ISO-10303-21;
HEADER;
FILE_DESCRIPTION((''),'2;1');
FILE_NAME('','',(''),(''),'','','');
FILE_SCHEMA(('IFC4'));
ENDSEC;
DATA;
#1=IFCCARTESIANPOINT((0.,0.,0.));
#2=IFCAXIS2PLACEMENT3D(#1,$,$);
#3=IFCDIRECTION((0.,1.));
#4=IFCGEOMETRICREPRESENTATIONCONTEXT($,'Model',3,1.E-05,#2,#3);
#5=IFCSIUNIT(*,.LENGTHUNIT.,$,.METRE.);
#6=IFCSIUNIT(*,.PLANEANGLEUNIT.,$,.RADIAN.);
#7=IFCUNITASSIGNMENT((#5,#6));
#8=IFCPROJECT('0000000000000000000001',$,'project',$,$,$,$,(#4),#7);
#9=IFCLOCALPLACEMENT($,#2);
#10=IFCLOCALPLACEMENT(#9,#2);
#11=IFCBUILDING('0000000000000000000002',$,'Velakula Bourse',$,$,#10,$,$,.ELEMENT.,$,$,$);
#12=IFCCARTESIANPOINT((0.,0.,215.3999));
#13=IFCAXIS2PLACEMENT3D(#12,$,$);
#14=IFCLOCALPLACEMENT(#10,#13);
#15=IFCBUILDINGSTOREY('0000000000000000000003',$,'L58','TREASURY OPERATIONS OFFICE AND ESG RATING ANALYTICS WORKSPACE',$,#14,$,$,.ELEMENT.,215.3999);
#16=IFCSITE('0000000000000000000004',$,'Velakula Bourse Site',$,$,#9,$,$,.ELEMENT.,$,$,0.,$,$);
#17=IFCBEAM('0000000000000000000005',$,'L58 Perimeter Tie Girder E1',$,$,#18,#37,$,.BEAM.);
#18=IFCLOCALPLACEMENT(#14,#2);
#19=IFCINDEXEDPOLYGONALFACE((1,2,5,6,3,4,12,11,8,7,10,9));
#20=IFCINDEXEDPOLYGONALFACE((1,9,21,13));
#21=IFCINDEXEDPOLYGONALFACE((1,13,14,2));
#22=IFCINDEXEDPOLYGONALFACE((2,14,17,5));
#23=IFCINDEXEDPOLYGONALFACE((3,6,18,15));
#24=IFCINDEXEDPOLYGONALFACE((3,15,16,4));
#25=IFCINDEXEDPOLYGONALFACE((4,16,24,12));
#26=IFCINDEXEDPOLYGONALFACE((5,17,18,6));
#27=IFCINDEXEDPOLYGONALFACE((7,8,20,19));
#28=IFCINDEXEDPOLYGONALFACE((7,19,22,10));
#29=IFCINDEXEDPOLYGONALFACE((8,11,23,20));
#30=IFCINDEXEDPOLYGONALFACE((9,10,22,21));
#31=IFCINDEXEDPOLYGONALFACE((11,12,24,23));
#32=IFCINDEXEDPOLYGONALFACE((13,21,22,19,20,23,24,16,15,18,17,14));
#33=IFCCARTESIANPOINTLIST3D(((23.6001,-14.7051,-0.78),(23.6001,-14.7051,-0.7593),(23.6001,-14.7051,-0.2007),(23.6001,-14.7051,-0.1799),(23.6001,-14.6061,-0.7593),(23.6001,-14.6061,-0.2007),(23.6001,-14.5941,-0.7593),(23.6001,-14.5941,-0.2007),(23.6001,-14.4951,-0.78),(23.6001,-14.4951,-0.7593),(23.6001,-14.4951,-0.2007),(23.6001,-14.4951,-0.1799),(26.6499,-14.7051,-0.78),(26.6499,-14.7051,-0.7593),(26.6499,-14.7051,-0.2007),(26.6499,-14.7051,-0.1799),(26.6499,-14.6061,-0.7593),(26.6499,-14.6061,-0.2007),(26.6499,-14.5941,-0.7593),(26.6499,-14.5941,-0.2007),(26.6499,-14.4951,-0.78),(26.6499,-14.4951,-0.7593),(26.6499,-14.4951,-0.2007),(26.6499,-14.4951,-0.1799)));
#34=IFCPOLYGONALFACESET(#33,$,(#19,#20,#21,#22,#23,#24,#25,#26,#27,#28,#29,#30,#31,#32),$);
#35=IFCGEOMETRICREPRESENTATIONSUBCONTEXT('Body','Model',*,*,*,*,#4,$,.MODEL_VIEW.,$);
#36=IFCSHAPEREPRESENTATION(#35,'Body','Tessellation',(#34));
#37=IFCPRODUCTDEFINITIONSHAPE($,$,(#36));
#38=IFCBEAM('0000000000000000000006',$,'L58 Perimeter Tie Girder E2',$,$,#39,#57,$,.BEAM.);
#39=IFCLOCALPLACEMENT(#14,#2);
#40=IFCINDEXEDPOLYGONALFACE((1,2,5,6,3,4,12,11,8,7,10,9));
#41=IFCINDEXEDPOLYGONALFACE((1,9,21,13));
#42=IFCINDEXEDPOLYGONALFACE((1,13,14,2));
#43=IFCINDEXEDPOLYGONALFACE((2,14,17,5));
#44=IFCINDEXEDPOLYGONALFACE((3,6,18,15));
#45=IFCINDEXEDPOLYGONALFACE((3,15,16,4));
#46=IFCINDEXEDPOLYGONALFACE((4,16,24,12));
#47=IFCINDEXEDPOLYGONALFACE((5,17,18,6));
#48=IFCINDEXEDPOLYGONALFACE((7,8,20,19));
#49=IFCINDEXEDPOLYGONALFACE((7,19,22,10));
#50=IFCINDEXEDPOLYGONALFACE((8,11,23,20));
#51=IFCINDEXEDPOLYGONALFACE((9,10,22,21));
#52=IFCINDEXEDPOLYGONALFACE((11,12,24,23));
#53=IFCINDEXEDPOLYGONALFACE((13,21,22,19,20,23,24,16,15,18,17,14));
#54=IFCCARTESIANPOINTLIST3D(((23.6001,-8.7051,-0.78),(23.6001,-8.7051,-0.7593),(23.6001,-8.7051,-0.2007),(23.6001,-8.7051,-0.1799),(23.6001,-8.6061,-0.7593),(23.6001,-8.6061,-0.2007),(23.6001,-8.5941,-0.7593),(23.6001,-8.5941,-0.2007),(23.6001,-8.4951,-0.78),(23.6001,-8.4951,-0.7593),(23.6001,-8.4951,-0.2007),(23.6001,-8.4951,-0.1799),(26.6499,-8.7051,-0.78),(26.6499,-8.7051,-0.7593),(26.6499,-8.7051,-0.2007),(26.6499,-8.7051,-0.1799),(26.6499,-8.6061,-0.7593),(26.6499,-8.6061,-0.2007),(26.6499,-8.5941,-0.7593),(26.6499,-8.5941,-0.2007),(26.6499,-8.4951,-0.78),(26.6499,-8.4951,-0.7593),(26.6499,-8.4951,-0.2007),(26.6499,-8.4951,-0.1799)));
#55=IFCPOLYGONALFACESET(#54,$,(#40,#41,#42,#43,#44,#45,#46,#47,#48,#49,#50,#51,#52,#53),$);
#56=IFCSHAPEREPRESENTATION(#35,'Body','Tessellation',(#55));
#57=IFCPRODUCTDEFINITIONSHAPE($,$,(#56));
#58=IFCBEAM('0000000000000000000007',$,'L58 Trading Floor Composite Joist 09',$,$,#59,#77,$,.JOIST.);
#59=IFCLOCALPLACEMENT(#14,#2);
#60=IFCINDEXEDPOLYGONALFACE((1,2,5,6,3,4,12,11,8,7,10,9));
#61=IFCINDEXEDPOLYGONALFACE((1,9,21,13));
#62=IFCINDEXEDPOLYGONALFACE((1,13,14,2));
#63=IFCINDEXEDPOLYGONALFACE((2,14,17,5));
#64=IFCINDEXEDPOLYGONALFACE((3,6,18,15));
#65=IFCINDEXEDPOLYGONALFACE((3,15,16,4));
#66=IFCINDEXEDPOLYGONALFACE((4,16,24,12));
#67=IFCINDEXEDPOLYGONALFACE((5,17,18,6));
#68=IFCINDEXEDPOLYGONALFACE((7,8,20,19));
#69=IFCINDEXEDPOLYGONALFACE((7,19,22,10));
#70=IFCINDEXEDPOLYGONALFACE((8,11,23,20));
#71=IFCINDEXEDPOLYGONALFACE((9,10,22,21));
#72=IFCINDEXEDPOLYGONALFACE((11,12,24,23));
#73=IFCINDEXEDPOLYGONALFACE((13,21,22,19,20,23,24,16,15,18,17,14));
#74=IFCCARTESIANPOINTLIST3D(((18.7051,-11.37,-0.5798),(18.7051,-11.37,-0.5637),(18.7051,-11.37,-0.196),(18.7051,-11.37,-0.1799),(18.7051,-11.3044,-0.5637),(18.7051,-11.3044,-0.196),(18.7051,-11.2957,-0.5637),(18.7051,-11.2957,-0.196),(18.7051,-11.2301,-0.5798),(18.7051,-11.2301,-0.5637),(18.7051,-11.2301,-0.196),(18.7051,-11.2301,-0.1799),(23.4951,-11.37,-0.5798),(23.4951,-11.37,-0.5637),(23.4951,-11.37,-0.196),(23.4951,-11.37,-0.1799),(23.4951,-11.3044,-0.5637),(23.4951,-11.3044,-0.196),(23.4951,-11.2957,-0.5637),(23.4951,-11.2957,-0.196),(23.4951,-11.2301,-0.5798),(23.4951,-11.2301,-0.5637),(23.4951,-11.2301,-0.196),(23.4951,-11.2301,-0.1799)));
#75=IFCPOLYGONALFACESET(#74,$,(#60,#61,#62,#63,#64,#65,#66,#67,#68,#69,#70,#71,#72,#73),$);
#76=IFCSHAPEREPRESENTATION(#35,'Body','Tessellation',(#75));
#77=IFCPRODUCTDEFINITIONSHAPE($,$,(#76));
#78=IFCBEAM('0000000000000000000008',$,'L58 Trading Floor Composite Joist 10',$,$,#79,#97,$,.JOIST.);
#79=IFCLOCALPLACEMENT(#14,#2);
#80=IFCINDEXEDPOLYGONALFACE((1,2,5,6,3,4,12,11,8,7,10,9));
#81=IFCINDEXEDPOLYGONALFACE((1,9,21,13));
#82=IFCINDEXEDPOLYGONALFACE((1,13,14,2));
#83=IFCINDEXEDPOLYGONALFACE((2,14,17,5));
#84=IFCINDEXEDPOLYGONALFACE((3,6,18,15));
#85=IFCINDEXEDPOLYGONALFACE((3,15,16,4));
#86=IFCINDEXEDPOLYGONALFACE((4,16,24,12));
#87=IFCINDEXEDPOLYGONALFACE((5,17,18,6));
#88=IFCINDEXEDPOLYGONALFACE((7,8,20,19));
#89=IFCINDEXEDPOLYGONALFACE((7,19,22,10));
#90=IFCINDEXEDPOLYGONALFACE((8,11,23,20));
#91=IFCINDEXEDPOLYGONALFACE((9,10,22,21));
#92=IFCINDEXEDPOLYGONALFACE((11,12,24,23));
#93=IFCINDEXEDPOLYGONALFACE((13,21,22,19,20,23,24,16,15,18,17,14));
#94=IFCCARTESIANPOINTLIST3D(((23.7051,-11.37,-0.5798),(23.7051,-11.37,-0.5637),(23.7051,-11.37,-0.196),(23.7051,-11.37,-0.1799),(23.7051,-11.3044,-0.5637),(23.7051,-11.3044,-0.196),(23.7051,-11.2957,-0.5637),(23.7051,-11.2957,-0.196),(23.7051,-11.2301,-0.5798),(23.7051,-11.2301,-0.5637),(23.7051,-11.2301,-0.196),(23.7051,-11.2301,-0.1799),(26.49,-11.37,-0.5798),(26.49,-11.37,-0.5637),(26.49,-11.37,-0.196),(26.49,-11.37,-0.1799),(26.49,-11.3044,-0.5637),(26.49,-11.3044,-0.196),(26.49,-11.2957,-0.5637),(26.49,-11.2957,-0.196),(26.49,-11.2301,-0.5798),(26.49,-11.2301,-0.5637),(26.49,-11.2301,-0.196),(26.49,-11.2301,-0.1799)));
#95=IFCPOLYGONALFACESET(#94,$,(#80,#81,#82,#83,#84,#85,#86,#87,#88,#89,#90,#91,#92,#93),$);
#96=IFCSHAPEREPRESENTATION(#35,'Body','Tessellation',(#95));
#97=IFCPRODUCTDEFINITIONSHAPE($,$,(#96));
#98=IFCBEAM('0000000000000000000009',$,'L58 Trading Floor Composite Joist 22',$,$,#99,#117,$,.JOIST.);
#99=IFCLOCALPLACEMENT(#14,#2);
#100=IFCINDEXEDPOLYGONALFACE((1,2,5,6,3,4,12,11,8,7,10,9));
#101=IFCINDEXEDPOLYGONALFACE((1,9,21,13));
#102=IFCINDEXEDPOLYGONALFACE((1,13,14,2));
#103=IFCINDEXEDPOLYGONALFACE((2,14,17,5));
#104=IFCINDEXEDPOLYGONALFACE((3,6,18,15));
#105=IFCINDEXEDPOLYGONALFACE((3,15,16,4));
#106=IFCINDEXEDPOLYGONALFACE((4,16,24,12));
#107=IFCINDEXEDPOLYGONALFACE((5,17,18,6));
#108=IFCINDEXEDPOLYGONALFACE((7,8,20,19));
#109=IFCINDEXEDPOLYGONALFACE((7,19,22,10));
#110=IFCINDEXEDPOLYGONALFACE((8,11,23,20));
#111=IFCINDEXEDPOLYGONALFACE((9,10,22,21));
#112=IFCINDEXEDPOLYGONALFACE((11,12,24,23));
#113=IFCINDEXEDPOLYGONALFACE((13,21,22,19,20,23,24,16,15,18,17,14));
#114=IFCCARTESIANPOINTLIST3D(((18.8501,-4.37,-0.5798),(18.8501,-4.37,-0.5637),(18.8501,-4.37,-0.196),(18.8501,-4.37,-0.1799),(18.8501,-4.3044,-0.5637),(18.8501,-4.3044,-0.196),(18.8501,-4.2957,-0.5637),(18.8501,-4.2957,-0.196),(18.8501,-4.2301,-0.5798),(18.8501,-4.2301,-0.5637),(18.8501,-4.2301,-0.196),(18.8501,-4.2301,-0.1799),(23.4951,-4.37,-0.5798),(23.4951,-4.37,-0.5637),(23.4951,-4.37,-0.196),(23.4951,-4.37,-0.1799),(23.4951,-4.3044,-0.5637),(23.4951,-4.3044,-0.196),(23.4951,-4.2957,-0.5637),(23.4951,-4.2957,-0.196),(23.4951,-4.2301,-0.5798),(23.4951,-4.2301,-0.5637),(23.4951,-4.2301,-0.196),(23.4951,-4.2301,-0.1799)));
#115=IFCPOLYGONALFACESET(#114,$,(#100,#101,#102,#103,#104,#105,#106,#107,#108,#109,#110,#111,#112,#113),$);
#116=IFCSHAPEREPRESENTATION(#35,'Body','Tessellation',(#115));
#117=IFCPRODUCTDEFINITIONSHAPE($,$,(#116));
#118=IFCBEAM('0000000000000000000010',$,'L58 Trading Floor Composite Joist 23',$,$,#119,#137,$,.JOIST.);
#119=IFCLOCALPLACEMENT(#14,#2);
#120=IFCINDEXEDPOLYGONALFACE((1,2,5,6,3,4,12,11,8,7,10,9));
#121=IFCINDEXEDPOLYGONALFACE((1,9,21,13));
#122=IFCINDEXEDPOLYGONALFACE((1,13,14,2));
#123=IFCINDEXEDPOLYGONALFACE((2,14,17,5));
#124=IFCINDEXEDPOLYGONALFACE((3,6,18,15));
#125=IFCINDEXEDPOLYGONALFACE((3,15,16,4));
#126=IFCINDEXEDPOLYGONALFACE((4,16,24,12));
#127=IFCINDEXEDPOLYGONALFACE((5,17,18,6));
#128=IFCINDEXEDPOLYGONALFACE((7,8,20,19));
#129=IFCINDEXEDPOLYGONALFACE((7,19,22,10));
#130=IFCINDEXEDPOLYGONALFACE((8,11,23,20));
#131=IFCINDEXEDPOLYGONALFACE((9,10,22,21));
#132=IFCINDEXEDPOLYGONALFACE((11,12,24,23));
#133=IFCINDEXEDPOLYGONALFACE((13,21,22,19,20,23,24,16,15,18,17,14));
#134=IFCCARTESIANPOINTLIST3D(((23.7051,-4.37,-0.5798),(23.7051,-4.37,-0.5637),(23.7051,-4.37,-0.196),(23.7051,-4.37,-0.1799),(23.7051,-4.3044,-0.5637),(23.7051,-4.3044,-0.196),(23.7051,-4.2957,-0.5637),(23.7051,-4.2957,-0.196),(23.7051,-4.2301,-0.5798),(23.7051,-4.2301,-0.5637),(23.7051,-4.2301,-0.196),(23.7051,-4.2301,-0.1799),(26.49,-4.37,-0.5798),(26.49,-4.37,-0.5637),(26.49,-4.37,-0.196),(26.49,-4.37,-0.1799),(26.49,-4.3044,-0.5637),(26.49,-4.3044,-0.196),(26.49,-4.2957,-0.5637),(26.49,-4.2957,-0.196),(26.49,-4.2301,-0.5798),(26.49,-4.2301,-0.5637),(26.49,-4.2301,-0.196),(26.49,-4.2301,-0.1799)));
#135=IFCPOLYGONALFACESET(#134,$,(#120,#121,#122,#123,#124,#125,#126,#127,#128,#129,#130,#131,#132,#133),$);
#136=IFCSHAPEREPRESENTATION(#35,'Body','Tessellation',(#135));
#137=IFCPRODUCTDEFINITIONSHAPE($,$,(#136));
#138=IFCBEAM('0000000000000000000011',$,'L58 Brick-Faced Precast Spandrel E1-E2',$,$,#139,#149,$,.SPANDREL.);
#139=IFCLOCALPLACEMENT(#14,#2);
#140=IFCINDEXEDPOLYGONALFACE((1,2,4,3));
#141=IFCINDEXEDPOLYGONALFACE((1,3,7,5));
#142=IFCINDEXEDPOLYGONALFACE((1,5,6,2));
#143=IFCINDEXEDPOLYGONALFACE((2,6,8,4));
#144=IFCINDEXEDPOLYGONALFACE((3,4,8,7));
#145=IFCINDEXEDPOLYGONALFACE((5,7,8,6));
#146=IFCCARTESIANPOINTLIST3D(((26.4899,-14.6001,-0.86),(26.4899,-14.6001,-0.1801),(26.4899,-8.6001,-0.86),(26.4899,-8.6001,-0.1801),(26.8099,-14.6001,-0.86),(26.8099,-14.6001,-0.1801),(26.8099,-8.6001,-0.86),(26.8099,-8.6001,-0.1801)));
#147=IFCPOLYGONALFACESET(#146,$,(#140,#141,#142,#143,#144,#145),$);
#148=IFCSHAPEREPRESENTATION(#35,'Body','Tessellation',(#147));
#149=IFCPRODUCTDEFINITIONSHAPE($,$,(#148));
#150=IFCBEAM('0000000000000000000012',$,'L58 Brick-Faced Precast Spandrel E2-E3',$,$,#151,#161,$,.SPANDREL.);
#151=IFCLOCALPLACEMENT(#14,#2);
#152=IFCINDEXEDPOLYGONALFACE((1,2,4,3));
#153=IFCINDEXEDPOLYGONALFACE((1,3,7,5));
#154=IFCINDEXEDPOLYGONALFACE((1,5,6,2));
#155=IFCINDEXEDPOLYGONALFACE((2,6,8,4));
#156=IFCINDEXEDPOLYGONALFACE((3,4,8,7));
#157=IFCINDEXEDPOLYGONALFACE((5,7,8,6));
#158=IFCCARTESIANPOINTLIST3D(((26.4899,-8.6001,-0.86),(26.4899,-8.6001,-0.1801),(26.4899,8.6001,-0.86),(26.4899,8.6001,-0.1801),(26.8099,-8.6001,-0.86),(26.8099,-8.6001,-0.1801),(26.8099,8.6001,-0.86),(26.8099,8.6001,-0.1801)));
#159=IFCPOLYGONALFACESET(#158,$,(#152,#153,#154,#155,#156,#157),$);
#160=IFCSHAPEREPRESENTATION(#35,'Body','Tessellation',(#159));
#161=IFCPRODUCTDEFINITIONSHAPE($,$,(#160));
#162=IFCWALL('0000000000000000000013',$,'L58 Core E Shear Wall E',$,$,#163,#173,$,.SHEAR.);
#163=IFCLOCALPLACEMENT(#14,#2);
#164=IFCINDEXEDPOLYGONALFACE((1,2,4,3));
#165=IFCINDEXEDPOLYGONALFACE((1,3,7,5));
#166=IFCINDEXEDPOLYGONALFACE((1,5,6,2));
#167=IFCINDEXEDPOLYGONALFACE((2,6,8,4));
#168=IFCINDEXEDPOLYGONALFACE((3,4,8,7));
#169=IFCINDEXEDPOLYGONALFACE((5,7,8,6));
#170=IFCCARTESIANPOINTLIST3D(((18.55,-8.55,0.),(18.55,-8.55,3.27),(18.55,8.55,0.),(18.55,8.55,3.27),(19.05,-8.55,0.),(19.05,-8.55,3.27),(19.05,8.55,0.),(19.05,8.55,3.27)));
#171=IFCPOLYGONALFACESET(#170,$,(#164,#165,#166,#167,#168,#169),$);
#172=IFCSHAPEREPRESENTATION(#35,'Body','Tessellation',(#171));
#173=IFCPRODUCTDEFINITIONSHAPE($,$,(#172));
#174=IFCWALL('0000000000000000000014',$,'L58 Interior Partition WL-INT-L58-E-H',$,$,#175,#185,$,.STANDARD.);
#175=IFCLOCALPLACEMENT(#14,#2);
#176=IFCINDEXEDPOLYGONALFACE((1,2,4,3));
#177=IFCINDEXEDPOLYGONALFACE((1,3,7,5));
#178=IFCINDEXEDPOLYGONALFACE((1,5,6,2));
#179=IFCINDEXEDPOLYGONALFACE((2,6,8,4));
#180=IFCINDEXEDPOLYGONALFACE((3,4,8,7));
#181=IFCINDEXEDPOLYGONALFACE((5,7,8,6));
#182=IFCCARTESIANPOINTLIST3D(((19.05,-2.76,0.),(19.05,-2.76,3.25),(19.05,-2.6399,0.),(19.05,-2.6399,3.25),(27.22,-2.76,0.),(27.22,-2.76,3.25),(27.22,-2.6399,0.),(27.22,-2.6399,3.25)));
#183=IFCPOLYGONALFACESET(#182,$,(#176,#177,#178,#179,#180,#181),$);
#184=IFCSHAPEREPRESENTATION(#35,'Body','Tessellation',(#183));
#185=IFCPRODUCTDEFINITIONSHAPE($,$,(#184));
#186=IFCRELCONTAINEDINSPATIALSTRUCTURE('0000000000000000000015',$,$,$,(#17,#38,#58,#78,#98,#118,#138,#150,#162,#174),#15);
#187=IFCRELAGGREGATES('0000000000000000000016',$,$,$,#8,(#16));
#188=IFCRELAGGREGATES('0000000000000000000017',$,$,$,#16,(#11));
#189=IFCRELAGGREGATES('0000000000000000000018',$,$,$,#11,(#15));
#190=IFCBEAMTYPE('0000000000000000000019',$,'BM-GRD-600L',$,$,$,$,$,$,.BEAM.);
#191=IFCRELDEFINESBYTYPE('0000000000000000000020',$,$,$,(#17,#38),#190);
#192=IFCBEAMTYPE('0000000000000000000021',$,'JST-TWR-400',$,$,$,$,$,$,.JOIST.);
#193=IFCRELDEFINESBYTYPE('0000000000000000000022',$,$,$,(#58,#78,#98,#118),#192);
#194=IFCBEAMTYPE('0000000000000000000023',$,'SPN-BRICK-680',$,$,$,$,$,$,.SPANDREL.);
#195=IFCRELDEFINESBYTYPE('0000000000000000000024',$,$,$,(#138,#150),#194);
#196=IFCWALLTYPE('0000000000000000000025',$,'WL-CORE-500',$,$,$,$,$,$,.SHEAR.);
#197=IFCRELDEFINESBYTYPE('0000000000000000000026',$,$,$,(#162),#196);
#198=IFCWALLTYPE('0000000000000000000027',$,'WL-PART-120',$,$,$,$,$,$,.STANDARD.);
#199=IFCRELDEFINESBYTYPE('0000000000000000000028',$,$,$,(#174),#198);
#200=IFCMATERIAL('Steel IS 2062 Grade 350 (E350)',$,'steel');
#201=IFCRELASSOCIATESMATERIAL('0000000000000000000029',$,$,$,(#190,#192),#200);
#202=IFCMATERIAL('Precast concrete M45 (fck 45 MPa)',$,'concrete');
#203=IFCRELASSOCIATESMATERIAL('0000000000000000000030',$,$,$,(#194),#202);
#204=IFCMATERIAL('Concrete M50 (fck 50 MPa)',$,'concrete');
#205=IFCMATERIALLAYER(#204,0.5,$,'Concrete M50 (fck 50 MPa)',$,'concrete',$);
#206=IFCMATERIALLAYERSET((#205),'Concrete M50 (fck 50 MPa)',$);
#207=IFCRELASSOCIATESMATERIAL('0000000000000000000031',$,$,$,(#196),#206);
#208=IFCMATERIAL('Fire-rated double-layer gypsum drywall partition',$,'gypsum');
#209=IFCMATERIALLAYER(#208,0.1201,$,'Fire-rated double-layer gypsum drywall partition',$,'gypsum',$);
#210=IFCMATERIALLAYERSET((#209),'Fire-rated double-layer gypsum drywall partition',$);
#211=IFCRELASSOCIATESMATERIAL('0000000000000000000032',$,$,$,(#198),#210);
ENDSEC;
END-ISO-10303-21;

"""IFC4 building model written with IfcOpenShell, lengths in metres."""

from ifc_helpers import new_model, si_unit, direction, frame, frame_2d, origin, origin_2d, place, context, subcontext, project, spatial, rectangle, i_section, extrude, material, layer, layer_set, material_profile, profile_set, type_object, element, save


model = new_model("IFC4")

# Units and contexts
model_context = context("Model", 3, precision=1e-05, world=origin(), true_north=direction((0.0, 1.0)))
body_context = subcontext(model_context, "Body", "Model", "MODEL_VIEW")
ifc_project = project(units=[si_unit("LENGTHUNIT", "METRE"), si_unit("PLANEANGLEUNIT", "RADIAN")], contexts=[model_context])

# Site, building, storey
site_placement = place(None, origin())
site = spatial("IfcSite", under=ifc_project, at=site_placement, Name="Velakula Bourse Site", CompositionType="ELEMENT", RefElevation=0.0)
building_placement = place(site_placement, origin())
building = spatial("IfcBuilding", under=site, at=building_placement, Name="Velakula Bourse", CompositionType="ELEMENT")
storey_placement = place(building_placement, frame((0.0, 0.0, 215.3999)))
storey = spatial("IfcBuildingStorey", under=building, at=storey_placement, Name="L58", Description="TREASURY OPERATIONS OFFICE AND ESG RATING ANALYTICS WORKSPACE", CompositionType="ELEMENT", Elevation=215.3999)

# Shared definitions
ifc_material_1 = material(Name="Concrete M50 (fck 50 MPa)", Category="concrete")
ifc_material_2 = material(Name="Steel IS 2062 Grade 350 (E350)", Category="steel")

# Beams
ifc_material_profile_1 = material_profile(ifc_material_2, i_section(OverallWidth=0.21, OverallDepth=0.6001, WebThickness=0.012, FlangeThickness=0.0208, at=origin_2d()), Name="Steel IS 2062 Grade 350 (E350)")
ifc_profile_set_1 = profile_set([ifc_material_profile_1], Name="Steel IS 2062 Grade 350 (E350)")
beam_type_1 = type_object("IfcBeamType", Name="BM-GRD-600L", PredefinedType="BEAM", material=ifc_profile_set_1)
for number, where, z_axis, x_axis, name in (
    (1, (23.6001, -14.6001, -0.48), (1.0, 0.0, 0.0), (0.0, 1.0, 0.0), "L58 Perimeter Tie Girder E1"),
    (2, (23.6001, -8.6001, -0.48), (1.0, 0.0, 0.0), (0.0, 1.0, 0.0), "L58 Perimeter Tie Girder E2"),
):
    element("IfcBeam", number, at=place(storey_placement, frame(where, z_axis=z_axis, x_axis=x_axis)), inside=storey, type_object=beam_type_1, Name=name, PredefinedType="BEAM", context=body_context, shape_type="SweptSolid", body=[
        extrude(i_section(OverallWidth=0.21, OverallDepth=0.6001, WebThickness=0.012, FlangeThickness=0.0208, at=origin_2d()), origin(), (0.0, 0.0, 1.0), 3.0498),
    ])
ifc_material_profile_2 = material_profile(ifc_material_2, i_section(OverallWidth=0.1399, OverallDepth=0.3999, WebThickness=0.0088, FlangeThickness=0.0161, at=origin_2d()), Name="Steel IS 2062 Grade 350 (E350)")
ifc_profile_set_2 = profile_set([ifc_material_profile_2], Name="Steel IS 2062 Grade 350 (E350)")
beam_type_2 = type_object("IfcBeamType", Name="JST-TWR-400", PredefinedType="JOIST", material=ifc_profile_set_2)
beam_1_placement = place(storey_placement, frame((18.7051, -11.3, -0.3799), z_axis=(1.0, 0.0, 0.0), x_axis=(0.0, 1.0, 0.0)))
element("IfcBeam", 3, at=beam_1_placement, inside=storey, type_object=beam_type_2, Name="L58 Trading Floor Composite Joist 09", PredefinedType="JOIST", context=body_context, shape_type="SweptSolid", body=[
    extrude(i_section(OverallWidth=0.1399, OverallDepth=0.3999, WebThickness=0.0088, FlangeThickness=0.0161, at=origin_2d()), origin(), (0.0, 0.0, 1.0), 4.79),
])
beam_2_placement = place(storey_placement, frame((23.7051, -11.3, -0.3799), z_axis=(1.0, 0.0, 0.0), x_axis=(0.0, 1.0, 0.0)))
element("IfcBeam", 4, at=beam_2_placement, inside=storey, type_object=beam_type_2, Name="L58 Trading Floor Composite Joist 10", PredefinedType="JOIST", context=body_context, shape_type="SweptSolid", body=[
    extrude(i_section(OverallWidth=0.1399, OverallDepth=0.3999, WebThickness=0.0088, FlangeThickness=0.0161, at=origin_2d()), origin(), (0.0, 0.0, 1.0), 2.7849),
])
beam_3_placement = place(storey_placement, frame((18.8501, -4.3, -0.3799), z_axis=(1.0, 0.0, 0.0), x_axis=(0.0, 1.0, 0.0)))
element("IfcBeam", 5, at=beam_3_placement, inside=storey, type_object=beam_type_2, Name="L58 Trading Floor Composite Joist 22", PredefinedType="JOIST", context=body_context, shape_type="SweptSolid", body=[
    extrude(i_section(OverallWidth=0.1399, OverallDepth=0.3999, WebThickness=0.0088, FlangeThickness=0.0161, at=origin_2d()), origin(), (0.0, 0.0, 1.0), 4.645),
])
beam_4_placement = place(storey_placement, frame((23.7051, -4.3, -0.3799), z_axis=(1.0, 0.0, 0.0), x_axis=(0.0, 1.0, 0.0)))
element("IfcBeam", 6, at=beam_4_placement, inside=storey, type_object=beam_type_2, Name="L58 Trading Floor Composite Joist 23", PredefinedType="JOIST", context=body_context, shape_type="SweptSolid", body=[
    extrude(i_section(OverallWidth=0.1399, OverallDepth=0.3999, WebThickness=0.0088, FlangeThickness=0.0161, at=origin_2d()), origin(), (0.0, 0.0, 1.0), 2.7849),
])
ifc_material_3 = material(Name="Precast concrete M45 (fck 45 MPa)", Category="concrete")
ifc_material_profile_3 = material_profile(ifc_material_3, rectangle(XDim=0.3201, YDim=0.6799, at=origin_2d()), Name="Precast concrete M45 (fck 45 MPa)")
ifc_profile_set_3 = profile_set([ifc_material_profile_3], Name="Precast concrete M45 (fck 45 MPa)")
beam_type_3 = type_object("IfcBeamType", Name="SPN-BRICK-680", PredefinedType="SPANDREL", material=ifc_profile_set_3)
beam_5_placement = place(storey_placement, frame((26.6499, -14.6001, -0.52), z_axis=(0.0, 1.0, 0.0), x_axis=(-1.0, 0.0, 0.0)))
element("IfcBeam", 7, at=beam_5_placement, inside=storey, type_object=beam_type_3, Name="L58 Brick-Faced Precast Spandrel E1-E2", PredefinedType="SPANDREL", context=body_context, shape_type="SweptSolid", body=[
    extrude(rectangle(XDim=0.3201, YDim=0.6799, at=origin_2d()), origin(), (0.0, 0.0, 1.0), 6.0),
])
beam_6_placement = place(storey_placement, frame((26.6499, -8.6001, -0.52), z_axis=(0.0, 1.0, 0.0), x_axis=(-1.0, 0.0, 0.0)))
element("IfcBeam", 8, at=beam_6_placement, inside=storey, type_object=beam_type_3, Name="L58 Brick-Faced Precast Spandrel E2-E3", PredefinedType="SPANDREL", context=body_context, shape_type="SweptSolid", body=[
    extrude(rectangle(XDim=0.3201, YDim=0.6799, at=origin_2d()), origin(), (0.0, 0.0, 1.0), 17.2002),
])

# Walls
ifc_layer_1 = layer(ifc_material_1, 0.5, Name="Concrete M50 (fck 50 MPa)", Category="concrete")
ifc_layer_set_1 = layer_set([ifc_layer_1], Name="Concrete M50 (fck 50 MPa)")
wall_type_1 = type_object("IfcWallType", Name="WL-CORE-500", PredefinedType="SHEAR", material=ifc_layer_set_1)
wall_1_placement = place(storey_placement, frame((18.8, -8.55, 0.0), z_axis=(0.0, 0.0, 1.0), x_axis=(0.0, 1.0, 0.0)))
element("IfcWall", 9, at=wall_1_placement, inside=storey, type_object=wall_type_1, Name="L58 Core E Shear Wall E", PredefinedType="SHEAR", context=body_context, shape_type="SweptSolid", body=[
    extrude(rectangle(XDim=17.1001, YDim=0.5, at=frame_2d((8.55, 0.0))), origin(), (0.0, 0.0, 1.0), 3.27),
])
ifc_material_4 = material(Name="Fire-rated double-layer gypsum drywall partition", Category="gypsum")
ifc_layer_2 = layer(ifc_material_4, 0.1201, Name="Fire-rated double-layer gypsum drywall partition", Category="gypsum")
ifc_layer_set_2 = layer_set([ifc_layer_2], Name="Fire-rated double-layer gypsum drywall partition")
wall_type_2 = type_object("IfcWallType", Name="WL-PART-120", PredefinedType="STANDARD", material=ifc_layer_set_2)
wall_2_placement = place(storey_placement, frame((19.05, -2.7, 0.0), z_axis=(0.0, 0.0, 1.0), x_axis=(1.0, 0.0, 0.0)))
element("IfcWall", 10, at=wall_2_placement, inside=storey, type_object=wall_type_2, Name="L58 Interior Partition WL-INT-L58-E-H", PredefinedType="STANDARD", context=body_context, shape_type="SweptSolid", body=[
    extrude(rectangle(XDim=8.1699, YDim=0.1201, at=frame_2d((4.085, 0.0))), origin(), (0.0, 0.0, 1.0), 3.25),
])

save(model, "model.ifc")
